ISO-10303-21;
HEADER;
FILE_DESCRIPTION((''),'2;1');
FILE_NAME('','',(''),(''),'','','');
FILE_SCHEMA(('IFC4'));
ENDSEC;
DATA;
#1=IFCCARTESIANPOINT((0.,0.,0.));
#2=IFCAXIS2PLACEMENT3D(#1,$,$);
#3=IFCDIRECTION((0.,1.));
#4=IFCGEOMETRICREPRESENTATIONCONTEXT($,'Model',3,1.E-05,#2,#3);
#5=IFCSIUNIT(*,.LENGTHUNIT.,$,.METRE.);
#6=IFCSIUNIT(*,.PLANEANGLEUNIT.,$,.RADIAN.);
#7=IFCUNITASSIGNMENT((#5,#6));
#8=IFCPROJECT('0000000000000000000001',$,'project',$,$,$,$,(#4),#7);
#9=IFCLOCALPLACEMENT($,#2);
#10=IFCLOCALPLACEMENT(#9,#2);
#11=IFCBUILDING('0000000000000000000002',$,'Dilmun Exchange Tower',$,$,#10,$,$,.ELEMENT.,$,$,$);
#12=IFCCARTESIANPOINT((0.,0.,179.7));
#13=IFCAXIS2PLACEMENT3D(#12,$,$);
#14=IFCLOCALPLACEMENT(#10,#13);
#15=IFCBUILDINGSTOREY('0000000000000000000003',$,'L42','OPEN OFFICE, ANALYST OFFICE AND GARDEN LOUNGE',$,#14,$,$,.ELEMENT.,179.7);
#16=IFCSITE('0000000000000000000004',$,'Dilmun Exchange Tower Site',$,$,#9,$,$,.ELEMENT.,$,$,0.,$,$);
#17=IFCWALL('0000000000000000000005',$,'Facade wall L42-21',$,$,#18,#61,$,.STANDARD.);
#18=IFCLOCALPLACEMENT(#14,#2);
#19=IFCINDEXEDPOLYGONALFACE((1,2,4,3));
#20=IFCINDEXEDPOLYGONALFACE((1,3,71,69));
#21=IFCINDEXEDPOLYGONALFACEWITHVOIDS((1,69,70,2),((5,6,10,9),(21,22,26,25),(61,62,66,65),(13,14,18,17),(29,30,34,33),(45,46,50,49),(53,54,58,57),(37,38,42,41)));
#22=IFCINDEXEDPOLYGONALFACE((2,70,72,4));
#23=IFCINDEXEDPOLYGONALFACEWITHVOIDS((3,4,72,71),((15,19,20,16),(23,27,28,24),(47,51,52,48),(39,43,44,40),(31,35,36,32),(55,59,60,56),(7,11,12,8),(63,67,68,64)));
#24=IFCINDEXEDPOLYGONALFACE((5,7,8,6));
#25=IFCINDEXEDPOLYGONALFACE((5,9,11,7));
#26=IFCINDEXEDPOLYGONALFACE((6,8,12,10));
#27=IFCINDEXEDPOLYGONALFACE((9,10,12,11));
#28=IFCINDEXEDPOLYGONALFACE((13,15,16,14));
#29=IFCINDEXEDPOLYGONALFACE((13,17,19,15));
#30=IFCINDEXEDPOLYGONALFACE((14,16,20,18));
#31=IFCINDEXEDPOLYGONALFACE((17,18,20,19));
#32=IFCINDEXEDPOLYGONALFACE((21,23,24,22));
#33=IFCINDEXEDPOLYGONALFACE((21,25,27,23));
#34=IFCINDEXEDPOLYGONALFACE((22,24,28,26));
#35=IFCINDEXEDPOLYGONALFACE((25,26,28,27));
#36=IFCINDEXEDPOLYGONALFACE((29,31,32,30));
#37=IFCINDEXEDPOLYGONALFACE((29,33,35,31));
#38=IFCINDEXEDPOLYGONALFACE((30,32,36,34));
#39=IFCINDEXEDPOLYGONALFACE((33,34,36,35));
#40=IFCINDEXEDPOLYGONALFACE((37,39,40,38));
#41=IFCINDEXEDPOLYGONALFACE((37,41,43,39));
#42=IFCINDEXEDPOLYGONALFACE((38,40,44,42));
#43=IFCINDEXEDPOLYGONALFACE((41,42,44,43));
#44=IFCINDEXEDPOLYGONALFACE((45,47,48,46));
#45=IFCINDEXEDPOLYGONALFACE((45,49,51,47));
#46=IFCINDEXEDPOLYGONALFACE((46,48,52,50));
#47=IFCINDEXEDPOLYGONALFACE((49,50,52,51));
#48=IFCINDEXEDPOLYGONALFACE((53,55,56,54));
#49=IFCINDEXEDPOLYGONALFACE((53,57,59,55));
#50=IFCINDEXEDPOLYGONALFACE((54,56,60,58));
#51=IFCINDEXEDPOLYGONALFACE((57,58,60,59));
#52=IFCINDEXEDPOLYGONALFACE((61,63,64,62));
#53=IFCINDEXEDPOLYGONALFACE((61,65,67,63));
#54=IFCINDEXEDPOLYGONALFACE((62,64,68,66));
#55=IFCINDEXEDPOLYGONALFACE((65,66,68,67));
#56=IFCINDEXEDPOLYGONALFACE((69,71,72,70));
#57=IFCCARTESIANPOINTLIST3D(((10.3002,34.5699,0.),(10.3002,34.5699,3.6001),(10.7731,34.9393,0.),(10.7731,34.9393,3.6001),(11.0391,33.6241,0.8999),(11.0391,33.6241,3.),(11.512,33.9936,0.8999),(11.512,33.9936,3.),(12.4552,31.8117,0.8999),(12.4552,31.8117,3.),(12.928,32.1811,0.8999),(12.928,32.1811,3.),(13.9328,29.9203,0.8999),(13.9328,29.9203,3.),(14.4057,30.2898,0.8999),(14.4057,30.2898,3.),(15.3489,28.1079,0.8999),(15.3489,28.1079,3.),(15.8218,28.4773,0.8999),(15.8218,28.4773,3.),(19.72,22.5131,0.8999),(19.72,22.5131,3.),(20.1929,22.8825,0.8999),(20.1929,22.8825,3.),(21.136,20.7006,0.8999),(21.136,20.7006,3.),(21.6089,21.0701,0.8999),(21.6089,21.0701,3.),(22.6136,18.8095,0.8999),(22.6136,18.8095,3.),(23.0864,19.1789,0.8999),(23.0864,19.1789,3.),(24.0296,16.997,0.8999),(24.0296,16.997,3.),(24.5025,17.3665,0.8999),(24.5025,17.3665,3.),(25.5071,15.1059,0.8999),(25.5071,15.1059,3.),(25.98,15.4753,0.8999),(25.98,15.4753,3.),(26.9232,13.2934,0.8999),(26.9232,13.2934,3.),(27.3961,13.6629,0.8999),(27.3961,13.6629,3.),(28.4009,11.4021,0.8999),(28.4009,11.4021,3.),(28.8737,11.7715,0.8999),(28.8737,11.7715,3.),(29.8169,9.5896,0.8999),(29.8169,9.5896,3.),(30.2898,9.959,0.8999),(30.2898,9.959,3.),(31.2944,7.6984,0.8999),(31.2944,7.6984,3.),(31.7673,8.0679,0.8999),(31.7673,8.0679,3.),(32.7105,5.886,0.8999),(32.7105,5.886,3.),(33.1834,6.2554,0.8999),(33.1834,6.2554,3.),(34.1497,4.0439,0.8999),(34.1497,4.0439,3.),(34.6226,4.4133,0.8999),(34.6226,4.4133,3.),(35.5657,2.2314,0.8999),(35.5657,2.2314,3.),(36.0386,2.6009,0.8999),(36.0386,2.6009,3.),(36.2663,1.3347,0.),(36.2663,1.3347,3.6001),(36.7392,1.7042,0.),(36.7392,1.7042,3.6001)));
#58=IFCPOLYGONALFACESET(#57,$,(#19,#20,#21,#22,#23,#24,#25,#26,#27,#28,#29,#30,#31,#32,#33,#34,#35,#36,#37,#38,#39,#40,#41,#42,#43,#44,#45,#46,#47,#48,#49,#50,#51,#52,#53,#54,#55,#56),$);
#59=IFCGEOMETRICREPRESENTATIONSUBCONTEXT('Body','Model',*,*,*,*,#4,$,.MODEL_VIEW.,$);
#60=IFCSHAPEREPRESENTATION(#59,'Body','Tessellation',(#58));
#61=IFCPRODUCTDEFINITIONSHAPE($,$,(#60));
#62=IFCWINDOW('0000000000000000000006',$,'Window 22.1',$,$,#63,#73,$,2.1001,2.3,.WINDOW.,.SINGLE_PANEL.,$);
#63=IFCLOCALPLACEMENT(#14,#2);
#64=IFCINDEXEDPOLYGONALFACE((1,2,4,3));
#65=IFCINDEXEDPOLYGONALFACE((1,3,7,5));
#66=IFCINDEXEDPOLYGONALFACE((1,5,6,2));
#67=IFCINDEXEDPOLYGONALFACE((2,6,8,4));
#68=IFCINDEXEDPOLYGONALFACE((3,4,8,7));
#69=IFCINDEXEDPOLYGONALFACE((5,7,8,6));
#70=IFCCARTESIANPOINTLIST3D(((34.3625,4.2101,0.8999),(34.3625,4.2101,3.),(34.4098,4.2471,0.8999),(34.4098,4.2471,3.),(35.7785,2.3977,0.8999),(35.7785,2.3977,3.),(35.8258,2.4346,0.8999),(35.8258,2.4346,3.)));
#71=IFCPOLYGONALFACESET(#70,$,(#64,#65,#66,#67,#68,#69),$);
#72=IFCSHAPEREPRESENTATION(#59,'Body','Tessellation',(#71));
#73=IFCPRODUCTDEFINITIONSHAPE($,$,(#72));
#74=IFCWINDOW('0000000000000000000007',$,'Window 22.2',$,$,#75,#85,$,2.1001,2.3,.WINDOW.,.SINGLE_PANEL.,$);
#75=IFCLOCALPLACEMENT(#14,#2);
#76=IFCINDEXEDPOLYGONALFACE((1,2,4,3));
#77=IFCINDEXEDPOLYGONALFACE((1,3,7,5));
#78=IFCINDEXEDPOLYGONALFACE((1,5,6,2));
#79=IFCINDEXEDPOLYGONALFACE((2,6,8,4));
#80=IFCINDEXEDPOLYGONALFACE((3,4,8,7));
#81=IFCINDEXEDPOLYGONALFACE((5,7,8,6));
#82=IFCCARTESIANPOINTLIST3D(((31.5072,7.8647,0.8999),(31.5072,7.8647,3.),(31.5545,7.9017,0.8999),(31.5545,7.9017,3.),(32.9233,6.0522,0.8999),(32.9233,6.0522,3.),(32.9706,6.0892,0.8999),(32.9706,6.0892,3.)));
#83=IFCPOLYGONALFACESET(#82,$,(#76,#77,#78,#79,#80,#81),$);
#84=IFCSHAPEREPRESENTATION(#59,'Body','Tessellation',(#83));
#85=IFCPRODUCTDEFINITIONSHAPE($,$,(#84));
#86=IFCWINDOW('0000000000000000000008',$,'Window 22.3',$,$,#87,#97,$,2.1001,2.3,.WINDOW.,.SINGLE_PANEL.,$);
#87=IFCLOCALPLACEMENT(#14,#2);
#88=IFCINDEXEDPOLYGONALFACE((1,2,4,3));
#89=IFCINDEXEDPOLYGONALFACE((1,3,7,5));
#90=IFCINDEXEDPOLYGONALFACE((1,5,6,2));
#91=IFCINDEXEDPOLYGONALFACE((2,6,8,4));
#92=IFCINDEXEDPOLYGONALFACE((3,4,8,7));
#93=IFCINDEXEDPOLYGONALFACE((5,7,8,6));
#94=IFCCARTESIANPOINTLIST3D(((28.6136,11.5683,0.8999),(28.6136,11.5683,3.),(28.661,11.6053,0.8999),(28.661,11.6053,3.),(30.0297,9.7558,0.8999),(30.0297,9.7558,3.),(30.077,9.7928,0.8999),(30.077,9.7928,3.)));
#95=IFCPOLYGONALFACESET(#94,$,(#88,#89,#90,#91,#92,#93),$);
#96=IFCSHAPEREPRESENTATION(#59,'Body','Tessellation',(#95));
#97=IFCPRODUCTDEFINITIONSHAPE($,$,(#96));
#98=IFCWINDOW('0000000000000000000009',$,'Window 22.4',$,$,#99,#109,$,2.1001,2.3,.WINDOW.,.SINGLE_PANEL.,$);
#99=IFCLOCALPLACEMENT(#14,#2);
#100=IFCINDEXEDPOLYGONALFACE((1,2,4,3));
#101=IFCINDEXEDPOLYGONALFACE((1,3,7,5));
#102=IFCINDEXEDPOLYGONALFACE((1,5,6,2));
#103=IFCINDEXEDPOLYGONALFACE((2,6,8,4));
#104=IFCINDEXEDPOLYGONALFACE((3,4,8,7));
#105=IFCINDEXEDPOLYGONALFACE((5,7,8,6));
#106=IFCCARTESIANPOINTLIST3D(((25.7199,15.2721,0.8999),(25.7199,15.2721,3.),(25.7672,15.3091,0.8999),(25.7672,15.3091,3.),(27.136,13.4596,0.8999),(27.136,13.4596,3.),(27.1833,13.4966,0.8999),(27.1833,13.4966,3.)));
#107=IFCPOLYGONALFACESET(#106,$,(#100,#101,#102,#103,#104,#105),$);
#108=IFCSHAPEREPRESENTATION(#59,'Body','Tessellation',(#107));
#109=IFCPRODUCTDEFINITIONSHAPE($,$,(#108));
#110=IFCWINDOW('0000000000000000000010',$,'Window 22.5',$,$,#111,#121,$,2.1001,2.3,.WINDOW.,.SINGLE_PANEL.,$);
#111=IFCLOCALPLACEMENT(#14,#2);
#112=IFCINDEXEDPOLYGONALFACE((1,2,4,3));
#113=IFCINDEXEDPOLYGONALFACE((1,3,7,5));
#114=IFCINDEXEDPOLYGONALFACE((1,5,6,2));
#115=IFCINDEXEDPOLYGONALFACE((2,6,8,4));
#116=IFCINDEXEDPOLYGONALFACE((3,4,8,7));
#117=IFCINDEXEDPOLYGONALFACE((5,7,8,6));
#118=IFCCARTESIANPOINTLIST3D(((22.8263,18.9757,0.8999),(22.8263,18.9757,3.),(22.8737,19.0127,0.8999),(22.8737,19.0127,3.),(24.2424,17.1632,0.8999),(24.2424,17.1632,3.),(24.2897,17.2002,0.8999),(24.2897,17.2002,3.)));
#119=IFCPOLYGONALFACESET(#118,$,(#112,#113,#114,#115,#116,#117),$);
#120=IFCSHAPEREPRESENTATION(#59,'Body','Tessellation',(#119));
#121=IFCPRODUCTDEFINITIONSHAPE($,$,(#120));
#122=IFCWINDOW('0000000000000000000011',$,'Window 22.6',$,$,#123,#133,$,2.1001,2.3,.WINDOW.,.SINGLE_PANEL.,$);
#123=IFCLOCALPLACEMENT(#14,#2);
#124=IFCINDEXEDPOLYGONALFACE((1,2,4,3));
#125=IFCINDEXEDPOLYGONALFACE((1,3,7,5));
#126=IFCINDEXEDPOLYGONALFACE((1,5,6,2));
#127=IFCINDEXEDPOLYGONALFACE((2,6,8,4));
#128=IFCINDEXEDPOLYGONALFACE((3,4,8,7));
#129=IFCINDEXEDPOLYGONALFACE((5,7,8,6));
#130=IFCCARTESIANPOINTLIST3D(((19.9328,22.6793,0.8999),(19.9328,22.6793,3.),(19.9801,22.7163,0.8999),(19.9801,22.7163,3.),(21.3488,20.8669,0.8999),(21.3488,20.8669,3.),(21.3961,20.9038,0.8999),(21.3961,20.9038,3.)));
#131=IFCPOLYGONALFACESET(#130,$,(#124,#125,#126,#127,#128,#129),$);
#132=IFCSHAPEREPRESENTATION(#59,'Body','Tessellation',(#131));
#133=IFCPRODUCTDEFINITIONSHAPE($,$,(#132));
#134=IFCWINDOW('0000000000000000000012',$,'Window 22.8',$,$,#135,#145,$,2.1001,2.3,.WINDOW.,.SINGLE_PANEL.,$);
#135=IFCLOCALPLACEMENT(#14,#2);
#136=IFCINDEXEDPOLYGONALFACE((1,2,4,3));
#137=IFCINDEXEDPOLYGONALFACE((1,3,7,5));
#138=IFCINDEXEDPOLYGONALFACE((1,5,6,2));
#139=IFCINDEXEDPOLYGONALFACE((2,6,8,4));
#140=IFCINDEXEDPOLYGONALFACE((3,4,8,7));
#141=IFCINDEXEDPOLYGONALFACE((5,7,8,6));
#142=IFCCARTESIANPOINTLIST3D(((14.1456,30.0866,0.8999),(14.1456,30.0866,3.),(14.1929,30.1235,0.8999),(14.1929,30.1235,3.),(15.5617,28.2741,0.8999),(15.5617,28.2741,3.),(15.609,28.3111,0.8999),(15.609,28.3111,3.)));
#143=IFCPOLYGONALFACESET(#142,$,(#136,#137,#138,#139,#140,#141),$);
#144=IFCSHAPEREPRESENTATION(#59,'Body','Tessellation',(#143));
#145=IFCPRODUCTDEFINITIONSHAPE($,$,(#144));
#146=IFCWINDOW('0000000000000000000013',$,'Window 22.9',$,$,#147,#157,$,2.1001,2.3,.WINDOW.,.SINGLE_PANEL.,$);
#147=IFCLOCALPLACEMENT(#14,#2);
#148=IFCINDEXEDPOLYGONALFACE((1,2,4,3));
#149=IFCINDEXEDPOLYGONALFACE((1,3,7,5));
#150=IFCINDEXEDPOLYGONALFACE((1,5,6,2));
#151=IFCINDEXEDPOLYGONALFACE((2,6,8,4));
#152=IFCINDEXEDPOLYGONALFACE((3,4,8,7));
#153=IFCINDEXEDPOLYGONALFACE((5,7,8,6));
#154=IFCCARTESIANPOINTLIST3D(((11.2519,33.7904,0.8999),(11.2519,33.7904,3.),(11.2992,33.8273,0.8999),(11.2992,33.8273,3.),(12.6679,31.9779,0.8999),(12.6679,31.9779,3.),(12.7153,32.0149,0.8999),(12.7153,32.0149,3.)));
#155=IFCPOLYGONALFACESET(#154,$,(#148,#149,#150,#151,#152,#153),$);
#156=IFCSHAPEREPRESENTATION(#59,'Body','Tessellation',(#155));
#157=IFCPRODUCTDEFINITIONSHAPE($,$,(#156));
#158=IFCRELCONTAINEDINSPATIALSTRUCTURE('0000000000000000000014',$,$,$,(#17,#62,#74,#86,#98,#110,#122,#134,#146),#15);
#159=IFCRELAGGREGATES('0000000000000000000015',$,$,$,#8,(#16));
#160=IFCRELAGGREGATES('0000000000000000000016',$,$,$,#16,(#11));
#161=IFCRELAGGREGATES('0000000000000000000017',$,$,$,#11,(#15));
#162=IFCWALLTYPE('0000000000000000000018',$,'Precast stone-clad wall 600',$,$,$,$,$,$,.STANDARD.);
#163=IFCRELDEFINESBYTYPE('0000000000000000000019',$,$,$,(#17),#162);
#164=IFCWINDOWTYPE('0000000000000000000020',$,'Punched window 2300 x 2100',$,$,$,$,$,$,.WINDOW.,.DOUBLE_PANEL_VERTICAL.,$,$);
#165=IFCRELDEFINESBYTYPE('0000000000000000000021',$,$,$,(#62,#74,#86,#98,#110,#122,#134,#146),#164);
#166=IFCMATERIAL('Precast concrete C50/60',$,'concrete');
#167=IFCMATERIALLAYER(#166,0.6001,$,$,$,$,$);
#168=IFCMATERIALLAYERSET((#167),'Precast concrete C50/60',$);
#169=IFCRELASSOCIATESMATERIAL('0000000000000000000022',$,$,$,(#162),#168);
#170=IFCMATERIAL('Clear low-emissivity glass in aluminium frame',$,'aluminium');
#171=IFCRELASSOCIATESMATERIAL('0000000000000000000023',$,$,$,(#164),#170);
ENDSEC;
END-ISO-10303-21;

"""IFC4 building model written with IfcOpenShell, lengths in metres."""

from ifc_helpers import new_model, si_unit, direction, frame, frame_2d, origin, place, context, subcontext, project, spatial, rectangle, extrude, material, layer, layer_set, type_object, element, fill, save


model = new_model("IFC4")

# Units and contexts
model_context = context("Model", 3, precision=1e-05, world=origin(), true_north=direction((0.0, 1.0)))
body_context = subcontext(model_context, "Body", "Model", "MODEL_VIEW")
ifc_project = project(units=[si_unit("LENGTHUNIT", "METRE"), si_unit("PLANEANGLEUNIT", "RADIAN")], contexts=[model_context])

# Site, building, storey
site_placement = place(None, origin())
site = spatial("IfcSite", under=ifc_project, at=site_placement, Name="Dilmun Exchange Tower Site", CompositionType="ELEMENT", RefElevation=0.0)
building_placement = place(site_placement, origin())
building = spatial("IfcBuilding", under=site, at=building_placement, Name="Dilmun Exchange Tower", CompositionType="ELEMENT")
storey_placement = place(building_placement, frame((0.0, 0.0, 179.7)))
storey = spatial("IfcBuildingStorey", under=building, at=storey_placement, Name="L42", Description="OPEN OFFICE, ANALYST OFFICE AND GARDEN LOUNGE", CompositionType="ELEMENT", Elevation=179.7)

# Shared definitions
ifc_material_1 = material(Name="Precast concrete C50/60", Category="concrete")
ifc_layer_1 = layer(ifc_material_1, 0.6001)
ifc_layer_set_1 = layer_set([ifc_layer_1], Name="Precast concrete C50/60")
wall_type_1 = type_object("IfcWallType", Name="Precast stone-clad wall 600", PredefinedType="STANDARD", material=ifc_layer_set_1)

# Shared definitions
ifc_material_2 = material(Name="Clear low-emissivity glass in aluminium frame", Category="aluminium")

# Wall, openings, windows
wall_1_placement = place(storey_placement, frame((36.5027, 1.5195, 0.0), z_axis=(0.0, 0.0, 1.0), x_axis=(-0.615661, 0.788011, 0.0)))
wall_1 = element("IfcWall", 1, at=wall_1_placement, inside=storey, type_object=wall_type_1, Name="Facade wall L42-21", PredefinedType="STANDARD", context=body_context, shape_type="SweptSolid", body=[
    extrude(rectangle(XDim=42.176, YDim=0.6001, at=frame_2d((21.0879, 0.0))), origin(), (0.0, 0.0, 1.0), 3.6001),
])
opening_1_placement = place(wall_1_placement, frame((1.1379, 0.0, 0.8999)))
opening_1 = element("IfcOpeningElement", 2, at=opening_1_placement, cuts=wall_1, PredefinedType="OPENING", context=body_context, shape_type="SweptSolid", body=[
    extrude(rectangle(XDim=2.3, YDim=2.1001, at=frame_2d((1.1499, 1.05))), frame((0.0, 0.3101, 0.0), z_axis=(0.0, -1.0, 0.0), x_axis=(1.0, 0.0, 0.0)), (0.0, 0.0, 1.0), 0.6201),
])
opening_2_placement = place(wall_1_placement, frame((5.7756, 0.0, 0.8999)))
opening_2 = element("IfcOpeningElement", 3, at=opening_2_placement, cuts=wall_1, PredefinedType="OPENING", context=body_context, shape_type="SweptSolid", body=[
    extrude(rectangle(XDim=2.3, YDim=2.1001, at=frame_2d((1.1499, 1.05))), frame((0.0, 0.3101, 0.0), z_axis=(0.0, -1.0, 0.0), x_axis=(1.0, 0.0, 0.0)), (0.0, 0.0, 1.0), 0.6201),
])
opening_3_placement = place(wall_1_placement, frame((10.4756, 0.0, 0.8999)))
opening_3 = element("IfcOpeningElement", 4, at=opening_3_placement, cuts=wall_1, PredefinedType="OPENING", context=body_context, shape_type="SweptSolid", body=[
    extrude(rectangle(XDim=2.3, YDim=2.1001, at=frame_2d((1.1499, 1.05))), frame((0.0, 0.3101, 0.0), z_axis=(0.0, -1.0, 0.0), x_axis=(1.0, 0.0, 0.0)), (0.0, 0.0, 1.0), 0.6201),
])
opening_4_placement = place(wall_1_placement, frame((15.1758, 0.0, 0.8999)))
opening_4 = element("IfcOpeningElement", 5, at=opening_4_placement, cuts=wall_1, PredefinedType="OPENING", context=body_context, shape_type="SweptSolid", body=[
    extrude(rectangle(XDim=2.3, YDim=2.1001, at=frame_2d((1.1499, 1.05))), frame((0.0, 0.3101, 0.0), z_axis=(0.0, -1.0, 0.0), x_axis=(1.0, 0.0, 0.0)), (0.0, 0.0, 1.0), 0.6201),
])
opening_5_placement = place(wall_1_placement, frame((19.8757, 0.0, 0.8999)))
opening_5 = element("IfcOpeningElement", 6, at=opening_5_placement, cuts=wall_1, PredefinedType="OPENING", context=body_context, shape_type="SweptSolid", body=[
    extrude(rectangle(XDim=2.3, YDim=2.1001, at=frame_2d((1.1499, 1.05))), frame((0.0, 0.3101, 0.0), z_axis=(0.0, -1.0, 0.0), x_axis=(1.0, 0.0, 0.0)), (0.0, 0.0, 1.0), 0.6201),
])
opening_6_placement = place(wall_1_placement, frame((24.5757, 0.0, 0.8999)))
opening_6 = element("IfcOpeningElement", 7, at=opening_6_placement, cuts=wall_1, PredefinedType="OPENING", context=body_context, shape_type="SweptSolid", body=[
    extrude(rectangle(XDim=2.3, YDim=2.1001, at=frame_2d((1.1499, 1.05))), frame((0.0, 0.3101, 0.0), z_axis=(0.0, -1.0, 0.0), x_axis=(1.0, 0.0, 0.0)), (0.0, 0.0, 1.0), 0.6201),
])
opening_7_placement = place(wall_1_placement, frame((33.9756, 0.0, 0.8999)))
opening_7 = element("IfcOpeningElement", 8, at=opening_7_placement, cuts=wall_1, PredefinedType="OPENING", context=body_context, shape_type="SweptSolid", body=[
    extrude(rectangle(XDim=2.3, YDim=2.1001, at=frame_2d((1.1499, 1.05))), frame((0.0, 0.3101, 0.0), z_axis=(0.0, -1.0, 0.0), x_axis=(1.0, 0.0, 0.0)), (0.0, 0.0, 1.0), 0.6201),
])
opening_8_placement = place(wall_1_placement, frame((38.6758, 0.0, 0.8999)))
opening_8 = element("IfcOpeningElement", 9, at=opening_8_placement, cuts=wall_1, PredefinedType="OPENING", context=body_context, shape_type="SweptSolid", body=[
    extrude(rectangle(XDim=2.3, YDim=2.1001, at=frame_2d((1.1499, 1.05))), frame((0.0, 0.3101, 0.0), z_axis=(0.0, -1.0, 0.0), x_axis=(1.0, 0.0, 0.0)), (0.0, 0.0, 1.0), 0.6201),
])
window_type_1 = type_object("IfcWindowType", Name="Punched window 2300 x 2100", PartitioningType="DOUBLE_PANEL_VERTICAL", PredefinedType="WINDOW", material=ifc_material_2)
window_1_placement = place(opening_1_placement, origin())
window_1 = element("IfcWindow", 10, at=window_1_placement, inside=storey, type_object=window_type_1, Name="Window 22.1", OverallHeight=2.1001, OverallWidth=2.3, PartitioningType="SINGLE_PANEL", PredefinedType="WINDOW", context=body_context, shape_type="SweptSolid", body=[
    extrude(rectangle(XDim=2.3, YDim=2.1001, at=frame_2d((1.1499, 1.05))), frame((0.0, 0.03, 0.0), z_axis=(0.0, -1.0, 0.0), x_axis=(1.0, 0.0, 0.0)), (0.0, 0.0, 1.0), 0.0601),
])
fill(opening_1, window_1)
window_2_placement = place(opening_2_placement, origin())
window_2 = element("IfcWindow", 11, at=window_2_placement, inside=storey, type_object=window_type_1, Name="Window 22.2", OverallHeight=2.1001, OverallWidth=2.3, PartitioningType="SINGLE_PANEL", PredefinedType="WINDOW", context=body_context, shape_type="SweptSolid", body=[
    extrude(rectangle(XDim=2.3, YDim=2.1001, at=frame_2d((1.1499, 1.05))), frame((0.0, 0.03, 0.0), z_axis=(0.0, -1.0, 0.0), x_axis=(1.0, 0.0, 0.0)), (0.0, 0.0, 1.0), 0.0601),
])
fill(opening_2, window_2)
window_3_placement = place(opening_3_placement, origin())
window_3 = element("IfcWindow", 12, at=window_3_placement, inside=storey, type_object=window_type_1, Name="Window 22.3", OverallHeight=2.1001, OverallWidth=2.3, PartitioningType="SINGLE_PANEL", PredefinedType="WINDOW", context=body_context, shape_type="SweptSolid", body=[
    extrude(rectangle(XDim=2.3, YDim=2.1001, at=frame_2d((1.1499, 1.05))), frame((0.0, 0.03, 0.0), z_axis=(0.0, -1.0, 0.0), x_axis=(1.0, 0.0, 0.0)), (0.0, 0.0, 1.0), 0.0601),
])
fill(opening_3, window_3)
window_4_placement = place(opening_4_placement, origin())
window_4 = element("IfcWindow", 13, at=window_4_placement, inside=storey, type_object=window_type_1, Name="Window 22.4", OverallHeight=2.1001, OverallWidth=2.3, PartitioningType="SINGLE_PANEL", PredefinedType="WINDOW", context=body_context, shape_type="SweptSolid", body=[
    extrude(rectangle(XDim=2.3, YDim=2.1001, at=frame_2d((1.1499, 1.05))), frame((0.0, 0.03, 0.0), z_axis=(0.0, -1.0, 0.0), x_axis=(1.0, 0.0, 0.0)), (0.0, 0.0, 1.0), 0.0601),
])
fill(opening_4, window_4)
window_5_placement = place(opening_5_placement, origin())
window_5 = element("IfcWindow", 14, at=window_5_placement, inside=storey, type_object=window_type_1, Name="Window 22.5", OverallHeight=2.1001, OverallWidth=2.3, PartitioningType="SINGLE_PANEL", PredefinedType="WINDOW", context=body_context, shape_type="SweptSolid", body=[
    extrude(rectangle(XDim=2.3, YDim=2.1001, at=frame_2d((1.1499, 1.05))), frame((0.0, 0.03, 0.0), z_axis=(0.0, -1.0, 0.0), x_axis=(1.0, 0.0, 0.0)), (0.0, 0.0, 1.0), 0.0601),
])
fill(opening_5, window_5)
window_6_placement = place(opening_6_placement, origin())
window_6 = element("IfcWindow", 15, at=window_6_placement, inside=storey, type_object=window_type_1, Name="Window 22.6", OverallHeight=2.1001, OverallWidth=2.3, PartitioningType="SINGLE_PANEL", PredefinedType="WINDOW", context=body_context, shape_type="SweptSolid", body=[
    extrude(rectangle(XDim=2.3, YDim=2.1001, at=frame_2d((1.1499, 1.05))), frame((0.0, 0.03, 0.0), z_axis=(0.0, -1.0, 0.0), x_axis=(1.0, 0.0, 0.0)), (0.0, 0.0, 1.0), 0.0601),
])
fill(opening_6, window_6)
window_7_placement = place(opening_7_placement, origin())
window_7 = element("IfcWindow", 16, at=window_7_placement, inside=storey, type_object=window_type_1, Name="Window 22.8", OverallHeight=2.1001, OverallWidth=2.3, PartitioningType="SINGLE_PANEL", PredefinedType="WINDOW", context=body_context, shape_type="SweptSolid", body=[
    extrude(rectangle(XDim=2.3, YDim=2.1001, at=frame_2d((1.1499, 1.05))), frame((0.0, 0.03, 0.0), z_axis=(0.0, -1.0, 0.0), x_axis=(1.0, 0.0, 0.0)), (0.0, 0.0, 1.0), 0.0601),
])
fill(opening_7, window_7)
window_8_placement = place(opening_8_placement, origin())
window_8 = element("IfcWindow", 17, at=window_8_placement, inside=storey, type_object=window_type_1, Name="Window 22.9", OverallHeight=2.1001, OverallWidth=2.3, PartitioningType="SINGLE_PANEL", PredefinedType="WINDOW", context=body_context, shape_type="SweptSolid", body=[
    extrude(rectangle(XDim=2.3, YDim=2.1001, at=frame_2d((1.1499, 1.05))), frame((0.0, 0.03, 0.0), z_axis=(0.0, -1.0, 0.0), x_axis=(1.0, 0.0, 0.0)), (0.0, 0.0, 1.0), 0.0601),
])
fill(opening_8, window_8)

save(model, "model.ifc")
